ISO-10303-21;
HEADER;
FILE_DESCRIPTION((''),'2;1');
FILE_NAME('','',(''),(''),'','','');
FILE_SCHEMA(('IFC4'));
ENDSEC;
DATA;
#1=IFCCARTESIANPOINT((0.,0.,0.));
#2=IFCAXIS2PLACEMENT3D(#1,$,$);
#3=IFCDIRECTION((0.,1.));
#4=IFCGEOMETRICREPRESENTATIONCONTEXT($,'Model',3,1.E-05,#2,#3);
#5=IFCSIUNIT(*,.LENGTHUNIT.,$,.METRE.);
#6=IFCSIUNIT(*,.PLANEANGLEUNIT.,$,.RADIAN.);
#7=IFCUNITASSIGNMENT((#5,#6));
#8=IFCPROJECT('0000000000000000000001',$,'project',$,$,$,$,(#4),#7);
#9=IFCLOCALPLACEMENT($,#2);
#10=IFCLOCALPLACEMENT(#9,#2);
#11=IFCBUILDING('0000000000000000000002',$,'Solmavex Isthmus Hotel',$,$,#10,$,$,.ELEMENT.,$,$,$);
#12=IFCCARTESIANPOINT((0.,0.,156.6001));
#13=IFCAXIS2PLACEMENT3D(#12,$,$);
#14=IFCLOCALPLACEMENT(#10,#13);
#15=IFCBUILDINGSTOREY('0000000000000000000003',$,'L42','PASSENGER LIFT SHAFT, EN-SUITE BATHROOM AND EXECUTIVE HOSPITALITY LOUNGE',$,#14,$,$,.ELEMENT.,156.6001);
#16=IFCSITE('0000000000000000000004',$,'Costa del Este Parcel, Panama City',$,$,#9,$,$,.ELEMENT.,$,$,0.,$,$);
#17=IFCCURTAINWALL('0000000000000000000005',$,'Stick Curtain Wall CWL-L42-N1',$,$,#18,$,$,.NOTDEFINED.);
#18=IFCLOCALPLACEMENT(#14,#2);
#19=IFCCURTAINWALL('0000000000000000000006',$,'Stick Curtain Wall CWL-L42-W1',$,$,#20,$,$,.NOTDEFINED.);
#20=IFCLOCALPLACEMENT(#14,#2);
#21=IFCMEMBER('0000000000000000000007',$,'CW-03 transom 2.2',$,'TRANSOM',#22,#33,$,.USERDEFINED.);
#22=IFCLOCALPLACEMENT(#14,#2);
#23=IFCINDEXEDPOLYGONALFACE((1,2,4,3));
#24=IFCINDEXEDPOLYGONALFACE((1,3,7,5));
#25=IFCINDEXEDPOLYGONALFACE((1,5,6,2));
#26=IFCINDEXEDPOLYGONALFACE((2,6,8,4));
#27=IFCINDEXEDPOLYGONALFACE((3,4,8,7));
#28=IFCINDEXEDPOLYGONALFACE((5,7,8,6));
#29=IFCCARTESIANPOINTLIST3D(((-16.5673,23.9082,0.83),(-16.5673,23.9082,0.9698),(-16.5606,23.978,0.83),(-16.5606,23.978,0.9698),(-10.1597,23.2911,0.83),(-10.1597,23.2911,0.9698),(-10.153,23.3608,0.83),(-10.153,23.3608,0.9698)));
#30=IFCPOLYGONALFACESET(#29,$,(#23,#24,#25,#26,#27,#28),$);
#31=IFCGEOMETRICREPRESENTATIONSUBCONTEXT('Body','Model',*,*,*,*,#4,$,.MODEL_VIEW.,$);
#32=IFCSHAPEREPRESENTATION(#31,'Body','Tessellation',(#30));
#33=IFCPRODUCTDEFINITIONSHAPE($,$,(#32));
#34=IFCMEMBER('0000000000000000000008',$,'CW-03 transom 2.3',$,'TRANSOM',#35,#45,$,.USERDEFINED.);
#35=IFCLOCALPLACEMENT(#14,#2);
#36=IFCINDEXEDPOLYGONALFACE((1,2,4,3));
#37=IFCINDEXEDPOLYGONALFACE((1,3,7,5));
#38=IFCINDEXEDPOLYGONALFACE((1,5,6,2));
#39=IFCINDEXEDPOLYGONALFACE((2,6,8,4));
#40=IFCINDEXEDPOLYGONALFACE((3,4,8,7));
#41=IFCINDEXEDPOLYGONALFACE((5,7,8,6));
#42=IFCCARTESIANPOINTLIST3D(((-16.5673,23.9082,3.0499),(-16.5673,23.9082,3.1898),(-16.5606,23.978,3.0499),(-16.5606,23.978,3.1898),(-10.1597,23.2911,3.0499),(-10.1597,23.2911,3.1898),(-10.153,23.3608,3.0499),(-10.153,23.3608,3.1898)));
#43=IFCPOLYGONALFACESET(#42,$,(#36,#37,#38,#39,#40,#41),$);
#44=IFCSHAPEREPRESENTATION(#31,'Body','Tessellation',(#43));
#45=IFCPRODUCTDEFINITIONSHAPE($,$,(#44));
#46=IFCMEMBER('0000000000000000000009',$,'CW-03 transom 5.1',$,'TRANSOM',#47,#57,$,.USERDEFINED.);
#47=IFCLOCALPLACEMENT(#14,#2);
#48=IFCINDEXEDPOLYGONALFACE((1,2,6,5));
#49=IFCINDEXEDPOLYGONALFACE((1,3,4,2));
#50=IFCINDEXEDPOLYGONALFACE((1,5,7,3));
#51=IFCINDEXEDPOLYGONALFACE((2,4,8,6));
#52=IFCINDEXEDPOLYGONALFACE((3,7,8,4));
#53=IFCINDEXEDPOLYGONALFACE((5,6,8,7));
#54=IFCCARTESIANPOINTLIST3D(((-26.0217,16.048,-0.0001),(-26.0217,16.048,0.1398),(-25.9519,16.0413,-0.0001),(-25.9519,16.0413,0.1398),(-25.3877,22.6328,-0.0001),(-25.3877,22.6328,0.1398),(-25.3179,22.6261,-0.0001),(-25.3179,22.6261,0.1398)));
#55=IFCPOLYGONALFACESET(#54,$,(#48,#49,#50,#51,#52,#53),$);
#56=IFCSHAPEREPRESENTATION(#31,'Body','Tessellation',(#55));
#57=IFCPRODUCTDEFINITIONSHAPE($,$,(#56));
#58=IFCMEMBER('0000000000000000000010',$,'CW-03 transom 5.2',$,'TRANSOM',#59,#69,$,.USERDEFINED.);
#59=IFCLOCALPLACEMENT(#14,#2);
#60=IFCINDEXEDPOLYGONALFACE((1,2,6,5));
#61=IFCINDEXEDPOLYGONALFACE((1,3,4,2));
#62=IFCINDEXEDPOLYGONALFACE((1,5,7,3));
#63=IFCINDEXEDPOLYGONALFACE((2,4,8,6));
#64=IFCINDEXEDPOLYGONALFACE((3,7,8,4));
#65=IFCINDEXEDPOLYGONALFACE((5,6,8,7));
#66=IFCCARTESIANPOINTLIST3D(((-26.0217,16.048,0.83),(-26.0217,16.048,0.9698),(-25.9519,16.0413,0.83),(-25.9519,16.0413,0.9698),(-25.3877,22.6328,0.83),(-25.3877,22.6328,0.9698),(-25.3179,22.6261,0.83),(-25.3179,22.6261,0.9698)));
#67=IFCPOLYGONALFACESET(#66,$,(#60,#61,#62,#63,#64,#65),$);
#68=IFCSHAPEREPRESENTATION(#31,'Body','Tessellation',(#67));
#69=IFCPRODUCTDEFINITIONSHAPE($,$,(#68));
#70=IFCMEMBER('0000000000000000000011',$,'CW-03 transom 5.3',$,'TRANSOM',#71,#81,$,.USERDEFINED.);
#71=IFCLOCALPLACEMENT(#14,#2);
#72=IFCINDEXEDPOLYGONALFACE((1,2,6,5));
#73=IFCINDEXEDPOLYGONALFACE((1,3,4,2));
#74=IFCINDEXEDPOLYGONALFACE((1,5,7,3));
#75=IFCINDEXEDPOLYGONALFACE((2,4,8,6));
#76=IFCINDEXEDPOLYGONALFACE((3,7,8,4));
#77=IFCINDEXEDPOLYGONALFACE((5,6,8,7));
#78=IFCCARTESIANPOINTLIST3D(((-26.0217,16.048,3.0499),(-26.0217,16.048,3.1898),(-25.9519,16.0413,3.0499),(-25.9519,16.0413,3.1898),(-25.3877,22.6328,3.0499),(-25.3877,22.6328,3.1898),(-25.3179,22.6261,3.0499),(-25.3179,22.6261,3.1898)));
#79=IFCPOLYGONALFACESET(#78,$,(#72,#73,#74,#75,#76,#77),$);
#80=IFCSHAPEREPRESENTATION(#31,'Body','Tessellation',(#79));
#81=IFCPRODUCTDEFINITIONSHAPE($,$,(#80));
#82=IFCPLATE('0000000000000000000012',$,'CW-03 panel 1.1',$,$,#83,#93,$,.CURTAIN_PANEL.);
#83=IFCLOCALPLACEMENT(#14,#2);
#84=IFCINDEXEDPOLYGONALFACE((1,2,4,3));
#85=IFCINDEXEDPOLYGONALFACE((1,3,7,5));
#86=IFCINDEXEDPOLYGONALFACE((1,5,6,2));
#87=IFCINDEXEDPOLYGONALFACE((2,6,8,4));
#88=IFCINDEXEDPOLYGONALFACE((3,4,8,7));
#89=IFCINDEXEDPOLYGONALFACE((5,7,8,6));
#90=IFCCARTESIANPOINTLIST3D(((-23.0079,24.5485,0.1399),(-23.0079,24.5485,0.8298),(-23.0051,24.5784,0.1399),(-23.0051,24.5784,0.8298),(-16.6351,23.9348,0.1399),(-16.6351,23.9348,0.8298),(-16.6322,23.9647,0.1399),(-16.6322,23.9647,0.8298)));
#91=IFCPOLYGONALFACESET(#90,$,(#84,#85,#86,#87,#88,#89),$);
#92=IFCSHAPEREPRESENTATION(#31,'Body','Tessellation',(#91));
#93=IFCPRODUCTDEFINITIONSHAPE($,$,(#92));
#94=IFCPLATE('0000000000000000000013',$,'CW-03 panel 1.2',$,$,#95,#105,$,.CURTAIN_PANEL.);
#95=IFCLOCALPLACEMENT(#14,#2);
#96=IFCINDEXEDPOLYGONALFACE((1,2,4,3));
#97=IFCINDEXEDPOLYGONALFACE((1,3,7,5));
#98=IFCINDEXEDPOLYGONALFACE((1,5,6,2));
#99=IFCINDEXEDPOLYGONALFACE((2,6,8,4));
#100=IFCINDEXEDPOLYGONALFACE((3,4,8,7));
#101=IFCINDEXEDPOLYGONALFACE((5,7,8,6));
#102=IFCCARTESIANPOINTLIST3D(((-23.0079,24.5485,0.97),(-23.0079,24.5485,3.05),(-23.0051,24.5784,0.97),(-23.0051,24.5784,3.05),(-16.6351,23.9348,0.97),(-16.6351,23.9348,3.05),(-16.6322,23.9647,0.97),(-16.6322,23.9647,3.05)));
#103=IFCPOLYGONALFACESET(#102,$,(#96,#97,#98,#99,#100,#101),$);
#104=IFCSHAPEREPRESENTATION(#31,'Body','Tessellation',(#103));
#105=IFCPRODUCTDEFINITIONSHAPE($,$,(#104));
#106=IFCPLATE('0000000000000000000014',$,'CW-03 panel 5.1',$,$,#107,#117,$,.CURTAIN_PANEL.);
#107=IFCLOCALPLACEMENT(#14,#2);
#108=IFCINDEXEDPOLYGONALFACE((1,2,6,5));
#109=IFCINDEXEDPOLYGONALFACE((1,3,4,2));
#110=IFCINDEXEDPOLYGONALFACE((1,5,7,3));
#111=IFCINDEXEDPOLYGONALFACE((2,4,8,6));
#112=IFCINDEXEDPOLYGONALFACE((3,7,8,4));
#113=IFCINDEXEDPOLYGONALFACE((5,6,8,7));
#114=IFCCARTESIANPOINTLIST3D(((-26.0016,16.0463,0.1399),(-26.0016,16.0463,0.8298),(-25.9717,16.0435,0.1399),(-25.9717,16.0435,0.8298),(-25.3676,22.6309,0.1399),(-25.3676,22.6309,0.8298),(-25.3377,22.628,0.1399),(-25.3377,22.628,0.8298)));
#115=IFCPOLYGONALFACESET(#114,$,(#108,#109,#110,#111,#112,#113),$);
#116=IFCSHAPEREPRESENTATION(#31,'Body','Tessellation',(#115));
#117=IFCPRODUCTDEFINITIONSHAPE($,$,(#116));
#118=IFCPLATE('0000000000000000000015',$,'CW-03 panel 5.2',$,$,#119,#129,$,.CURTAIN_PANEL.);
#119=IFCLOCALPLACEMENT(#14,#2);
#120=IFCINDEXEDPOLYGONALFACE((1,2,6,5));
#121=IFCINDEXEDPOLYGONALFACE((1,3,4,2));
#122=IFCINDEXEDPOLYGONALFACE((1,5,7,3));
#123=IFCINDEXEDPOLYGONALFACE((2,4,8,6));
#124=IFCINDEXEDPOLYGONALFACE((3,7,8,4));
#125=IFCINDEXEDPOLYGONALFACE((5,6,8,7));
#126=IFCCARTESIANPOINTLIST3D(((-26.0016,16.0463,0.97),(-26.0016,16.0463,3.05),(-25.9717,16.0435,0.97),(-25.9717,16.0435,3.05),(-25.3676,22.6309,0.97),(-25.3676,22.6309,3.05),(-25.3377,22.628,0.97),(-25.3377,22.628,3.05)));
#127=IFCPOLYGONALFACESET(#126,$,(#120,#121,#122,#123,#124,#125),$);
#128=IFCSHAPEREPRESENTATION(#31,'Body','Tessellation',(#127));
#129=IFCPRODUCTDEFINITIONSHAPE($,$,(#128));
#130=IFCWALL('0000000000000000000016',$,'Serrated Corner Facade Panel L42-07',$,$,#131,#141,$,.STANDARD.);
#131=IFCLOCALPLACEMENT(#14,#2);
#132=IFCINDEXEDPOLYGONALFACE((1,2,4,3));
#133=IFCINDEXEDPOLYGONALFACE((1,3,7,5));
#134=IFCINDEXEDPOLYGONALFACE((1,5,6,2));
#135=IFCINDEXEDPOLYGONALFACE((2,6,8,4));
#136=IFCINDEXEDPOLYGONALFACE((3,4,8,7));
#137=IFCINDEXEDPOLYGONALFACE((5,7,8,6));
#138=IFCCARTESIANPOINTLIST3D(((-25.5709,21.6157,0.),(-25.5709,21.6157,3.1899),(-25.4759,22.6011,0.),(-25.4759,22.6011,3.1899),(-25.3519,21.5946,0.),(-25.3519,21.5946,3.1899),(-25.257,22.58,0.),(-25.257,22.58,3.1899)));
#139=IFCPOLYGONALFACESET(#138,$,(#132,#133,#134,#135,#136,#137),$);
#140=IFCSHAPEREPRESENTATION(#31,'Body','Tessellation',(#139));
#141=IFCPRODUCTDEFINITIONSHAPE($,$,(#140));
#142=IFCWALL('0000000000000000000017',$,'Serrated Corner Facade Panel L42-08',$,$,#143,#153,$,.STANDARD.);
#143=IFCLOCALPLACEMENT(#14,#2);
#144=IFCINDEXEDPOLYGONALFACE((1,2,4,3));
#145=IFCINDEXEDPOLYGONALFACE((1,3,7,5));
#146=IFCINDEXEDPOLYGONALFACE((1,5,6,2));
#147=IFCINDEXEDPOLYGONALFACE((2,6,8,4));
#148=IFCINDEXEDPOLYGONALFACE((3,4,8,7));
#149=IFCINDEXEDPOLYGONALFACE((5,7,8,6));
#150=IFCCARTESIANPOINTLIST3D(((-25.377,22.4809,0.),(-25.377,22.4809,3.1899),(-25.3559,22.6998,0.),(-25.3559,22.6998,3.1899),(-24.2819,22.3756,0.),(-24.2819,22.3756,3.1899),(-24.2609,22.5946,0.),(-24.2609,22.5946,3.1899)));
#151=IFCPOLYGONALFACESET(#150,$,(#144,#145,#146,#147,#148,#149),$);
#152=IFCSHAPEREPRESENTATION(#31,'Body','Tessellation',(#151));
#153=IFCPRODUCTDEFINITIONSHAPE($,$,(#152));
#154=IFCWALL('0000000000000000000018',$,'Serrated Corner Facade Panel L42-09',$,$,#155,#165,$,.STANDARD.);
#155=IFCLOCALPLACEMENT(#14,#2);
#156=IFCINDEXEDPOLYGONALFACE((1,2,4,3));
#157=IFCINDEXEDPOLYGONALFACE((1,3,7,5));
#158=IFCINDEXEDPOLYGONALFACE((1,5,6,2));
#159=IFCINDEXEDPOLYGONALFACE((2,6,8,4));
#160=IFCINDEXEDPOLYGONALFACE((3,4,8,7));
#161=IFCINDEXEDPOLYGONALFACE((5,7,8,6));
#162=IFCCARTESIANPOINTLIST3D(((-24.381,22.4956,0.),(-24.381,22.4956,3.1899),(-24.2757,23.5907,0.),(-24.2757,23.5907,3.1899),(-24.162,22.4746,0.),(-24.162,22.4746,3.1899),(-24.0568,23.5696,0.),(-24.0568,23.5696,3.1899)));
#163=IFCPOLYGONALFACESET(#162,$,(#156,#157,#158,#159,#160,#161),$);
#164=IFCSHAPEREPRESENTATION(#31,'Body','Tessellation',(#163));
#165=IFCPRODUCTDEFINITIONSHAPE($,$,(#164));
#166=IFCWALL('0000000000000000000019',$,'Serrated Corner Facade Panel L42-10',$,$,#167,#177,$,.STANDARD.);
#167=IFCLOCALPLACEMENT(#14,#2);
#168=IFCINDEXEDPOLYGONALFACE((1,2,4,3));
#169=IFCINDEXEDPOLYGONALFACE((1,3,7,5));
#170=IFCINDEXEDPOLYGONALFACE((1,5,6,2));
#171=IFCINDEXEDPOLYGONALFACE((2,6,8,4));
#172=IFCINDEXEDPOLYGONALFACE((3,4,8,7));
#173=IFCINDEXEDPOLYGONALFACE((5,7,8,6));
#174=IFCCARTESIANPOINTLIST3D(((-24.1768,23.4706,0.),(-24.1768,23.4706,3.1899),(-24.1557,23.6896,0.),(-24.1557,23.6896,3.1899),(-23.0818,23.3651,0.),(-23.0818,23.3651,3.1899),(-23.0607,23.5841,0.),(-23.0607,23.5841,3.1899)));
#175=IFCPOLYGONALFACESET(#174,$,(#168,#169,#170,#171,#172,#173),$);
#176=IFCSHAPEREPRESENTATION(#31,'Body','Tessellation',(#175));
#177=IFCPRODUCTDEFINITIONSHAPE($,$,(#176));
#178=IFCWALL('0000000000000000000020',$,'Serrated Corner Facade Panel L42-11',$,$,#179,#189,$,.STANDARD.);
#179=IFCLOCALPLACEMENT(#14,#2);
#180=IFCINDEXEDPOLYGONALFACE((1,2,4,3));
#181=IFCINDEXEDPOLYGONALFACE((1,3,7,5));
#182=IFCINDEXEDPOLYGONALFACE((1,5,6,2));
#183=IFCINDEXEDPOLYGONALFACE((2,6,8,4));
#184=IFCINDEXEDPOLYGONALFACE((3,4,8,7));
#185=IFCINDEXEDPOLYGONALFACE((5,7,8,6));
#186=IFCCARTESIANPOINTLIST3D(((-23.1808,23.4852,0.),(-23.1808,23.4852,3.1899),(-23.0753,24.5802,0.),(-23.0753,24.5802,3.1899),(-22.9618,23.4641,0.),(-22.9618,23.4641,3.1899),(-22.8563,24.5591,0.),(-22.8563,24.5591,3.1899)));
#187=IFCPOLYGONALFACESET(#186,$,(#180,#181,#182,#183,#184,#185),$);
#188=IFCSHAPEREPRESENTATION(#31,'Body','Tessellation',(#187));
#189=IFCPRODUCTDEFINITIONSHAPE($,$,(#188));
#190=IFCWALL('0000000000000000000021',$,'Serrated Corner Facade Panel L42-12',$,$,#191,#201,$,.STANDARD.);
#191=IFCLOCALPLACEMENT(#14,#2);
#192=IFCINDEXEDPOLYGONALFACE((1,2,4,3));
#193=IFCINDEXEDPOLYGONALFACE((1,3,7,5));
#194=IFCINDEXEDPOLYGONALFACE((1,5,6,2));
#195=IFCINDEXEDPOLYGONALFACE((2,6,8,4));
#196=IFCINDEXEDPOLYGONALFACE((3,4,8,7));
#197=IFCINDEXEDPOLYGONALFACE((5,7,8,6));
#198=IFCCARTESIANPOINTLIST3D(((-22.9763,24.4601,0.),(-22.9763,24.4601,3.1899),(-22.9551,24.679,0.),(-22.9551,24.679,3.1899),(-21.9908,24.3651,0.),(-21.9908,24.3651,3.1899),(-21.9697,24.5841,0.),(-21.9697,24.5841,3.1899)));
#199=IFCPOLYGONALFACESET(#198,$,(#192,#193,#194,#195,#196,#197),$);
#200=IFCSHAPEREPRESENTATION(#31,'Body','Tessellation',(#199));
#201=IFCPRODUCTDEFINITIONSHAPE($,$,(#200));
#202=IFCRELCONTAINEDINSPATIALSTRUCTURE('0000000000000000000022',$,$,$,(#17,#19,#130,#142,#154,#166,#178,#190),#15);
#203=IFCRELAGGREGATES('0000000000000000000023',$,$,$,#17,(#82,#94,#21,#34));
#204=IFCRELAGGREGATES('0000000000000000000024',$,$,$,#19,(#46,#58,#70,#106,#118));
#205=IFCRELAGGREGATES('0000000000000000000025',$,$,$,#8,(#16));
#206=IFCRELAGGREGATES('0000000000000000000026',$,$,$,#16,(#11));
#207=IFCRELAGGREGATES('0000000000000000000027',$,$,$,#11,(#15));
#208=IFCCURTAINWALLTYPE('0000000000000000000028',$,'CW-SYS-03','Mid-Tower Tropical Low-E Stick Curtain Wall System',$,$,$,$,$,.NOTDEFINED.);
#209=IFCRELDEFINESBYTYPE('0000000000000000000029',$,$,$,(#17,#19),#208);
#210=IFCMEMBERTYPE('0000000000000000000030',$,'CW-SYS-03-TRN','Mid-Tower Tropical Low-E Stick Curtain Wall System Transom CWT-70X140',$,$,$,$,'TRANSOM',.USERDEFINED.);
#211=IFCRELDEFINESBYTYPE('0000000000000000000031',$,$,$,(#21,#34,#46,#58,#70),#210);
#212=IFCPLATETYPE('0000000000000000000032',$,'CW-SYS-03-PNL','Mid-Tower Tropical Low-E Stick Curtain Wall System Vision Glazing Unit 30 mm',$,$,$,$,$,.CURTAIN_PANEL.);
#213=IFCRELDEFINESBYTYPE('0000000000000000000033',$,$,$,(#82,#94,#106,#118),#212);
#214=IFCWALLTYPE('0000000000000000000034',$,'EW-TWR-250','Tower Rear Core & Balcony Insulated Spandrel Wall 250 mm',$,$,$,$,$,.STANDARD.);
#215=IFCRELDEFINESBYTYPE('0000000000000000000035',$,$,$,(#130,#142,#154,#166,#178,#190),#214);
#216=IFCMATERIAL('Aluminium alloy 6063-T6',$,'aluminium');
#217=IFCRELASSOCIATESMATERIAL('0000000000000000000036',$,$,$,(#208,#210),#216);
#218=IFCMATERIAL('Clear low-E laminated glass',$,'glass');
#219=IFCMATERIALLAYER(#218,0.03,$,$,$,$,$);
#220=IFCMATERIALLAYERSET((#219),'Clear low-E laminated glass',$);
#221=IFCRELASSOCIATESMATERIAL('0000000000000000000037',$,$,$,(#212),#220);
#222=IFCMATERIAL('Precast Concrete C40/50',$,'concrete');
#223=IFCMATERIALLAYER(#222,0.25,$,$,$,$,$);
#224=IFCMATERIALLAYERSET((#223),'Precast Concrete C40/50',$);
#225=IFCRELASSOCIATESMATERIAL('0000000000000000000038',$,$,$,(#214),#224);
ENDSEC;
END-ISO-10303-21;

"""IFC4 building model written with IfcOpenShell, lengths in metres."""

from ifc_helpers import new_model, si_unit, direction, frame, frame_2d, origin, origin_2d, place, context, subcontext, project, spatial, rectangle, extrude, material, layer, layer_set, material_profile, profile_set, type_object, element, aggregate, save


model = new_model("IFC4")

# Units and contexts
model_context = context("Model", 3, precision=1e-05, world=origin(), true_north=direction((0.0, 1.0)))
body_context = subcontext(model_context, "Body", "Model", "MODEL_VIEW")
ifc_project = project(units=[si_unit("LENGTHUNIT", "METRE"), si_unit("PLANEANGLEUNIT", "RADIAN")], contexts=[model_context])

# Site, building, storey
site_placement = place(None, origin())
site = spatial("IfcSite", under=ifc_project, at=site_placement, Name="Costa del Este Parcel, Panama City", CompositionType="ELEMENT", RefElevation=0.0)
building_placement = place(site_placement, origin())
building = spatial("IfcBuilding", under=site, at=building_placement, Name="Solmavex Isthmus Hotel", CompositionType="ELEMENT")
storey_placement = place(building_placement, frame((0.0, 0.0, 156.6001)))
storey = spatial("IfcBuildingStorey", under=building, at=storey_placement, Name="L42", Description="PASSENGER LIFT SHAFT, EN-SUITE BATHROOM AND EXECUTIVE HOSPITALITY LOUNGE", CompositionType="ELEMENT", Elevation=156.6001)

# Curtain wall
ifc_material_1 = material(Name="Aluminium alloy 6063-T6", Category="aluminium")
curtain_wall_type = type_object("IfcCurtainWallType", Name="CW-SYS-03", Description="Mid-Tower Tropical Low-E Stick Curtain Wall System", PredefinedType="NOTDEFINED", material=ifc_material_1)
curtain_wall_1_placement = place(storey_placement, origin())
curtain_wall_1 = element("IfcCurtainWall", 1, at=curtain_wall_1_placement, inside=storey, type_object=curtain_wall_type, Name="Stick Curtain Wall CWL-L42-N1", PredefinedType="NOTDEFINED")

# Curtain wall
curtain_wall_2_placement = place(storey_placement, origin())
curtain_wall_2 = element("IfcCurtainWall", 2, at=curtain_wall_2_placement, inside=storey, type_object=curtain_wall_type, Name="Stick Curtain Wall CWL-L42-W1", PredefinedType="NOTDEFINED")

# Members
ifc_material_profile_1 = material_profile(ifc_material_1, rectangle(XDim=0.0701, YDim=0.1399, at=origin_2d()), Name="CWT-70X140")
ifc_profile_set_1 = profile_set([ifc_material_profile_1], Name="Aluminium alloy 6063-T6")
member_type_1 = type_object("IfcMemberType", Name="CW-SYS-03-TRN", Description="Mid-Tower Tropical Low-E Stick Curtain Wall System Transom CWT-70X140", ElementType="TRANSOM", PredefinedType="USERDEFINED", material=ifc_profile_set_1)
member_1_placement = place(storey_placement, frame((-16.564, 23.9431, 0.8999), z_axis=(0.995393, -0.095876, 0.0), x_axis=(0.095876, 0.995393, 0.0)))
member_1 = element("IfcMember", 3, at=member_1_placement, type_object=member_type_1, Name="CW-03 transom 2.2", ObjectType="TRANSOM", PredefinedType="USERDEFINED", context=body_context, shape_type="SweptSolid", body=[
    extrude(rectangle(XDim=0.0701, YDim=0.1399, at=origin_2d()), origin(), (0.0, 0.0, 1.0), 6.4373),
])
member_2_placement = place(storey_placement, frame((-16.564, 23.9431, 3.1199), z_axis=(0.995393, -0.095876, 0.0), x_axis=(0.095876, 0.995393, 0.0)))
member_2 = element("IfcMember", 4, at=member_2_placement, type_object=member_type_1, Name="CW-03 transom 2.3", ObjectType="TRANSOM", PredefinedType="USERDEFINED", context=body_context, shape_type="SweptSolid", body=[
    extrude(rectangle(XDim=0.0701, YDim=0.1399, at=origin_2d()), origin(), (0.0, 0.0, 1.0), 6.4373),
])
member_3_placement = place(storey_placement, frame((-25.9868, 16.0447, 0.0698), z_axis=(0.095845, 0.995396, 0.0), x_axis=(-0.995396, 0.095845, 0.0)))
member_3 = element("IfcMember", 5, at=member_3_placement, type_object=member_type_1, Name="CW-03 transom 5.1", ObjectType="TRANSOM", PredefinedType="USERDEFINED", context=body_context, shape_type="SweptSolid", body=[
    extrude(rectangle(XDim=0.0701, YDim=0.1399, at=origin_2d()), origin(), (0.0, 0.0, 1.0), 6.6152),
])
member_4_placement = place(storey_placement, frame((-25.9868, 16.0447, 0.8999), z_axis=(0.095845, 0.995396, 0.0), x_axis=(-0.995396, 0.095845, 0.0)))
member_4 = element("IfcMember", 6, at=member_4_placement, type_object=member_type_1, Name="CW-03 transom 5.2", ObjectType="TRANSOM", PredefinedType="USERDEFINED", context=body_context, shape_type="SweptSolid", body=[
    extrude(rectangle(XDim=0.0701, YDim=0.1399, at=origin_2d()), origin(), (0.0, 0.0, 1.0), 6.6152),
])
member_5_placement = place(storey_placement, frame((-25.9868, 16.0447, 3.1199), z_axis=(0.095845, 0.995396, 0.0), x_axis=(-0.995396, 0.095845, 0.0)))
member_5 = element("IfcMember", 7, at=member_5_placement, type_object=member_type_1, Name="CW-03 transom 5.3", ObjectType="TRANSOM", PredefinedType="USERDEFINED", context=body_context, shape_type="SweptSolid", body=[
    extrude(rectangle(XDim=0.0701, YDim=0.1399, at=origin_2d()), origin(), (0.0, 0.0, 1.0), 6.6152),
])

# Plates
ifc_material_2 = material(Name="Clear low-E laminated glass", Category="glass")
ifc_layer_1 = layer(ifc_material_2, 0.03)
ifc_layer_set_1 = layer_set([ifc_layer_1], Name="Clear low-E laminated glass")
plate_type = type_object("IfcPlateType", Name="CW-SYS-03-PNL", Description="Mid-Tower Tropical Low-E Stick Curtain Wall System Vision Glazing Unit 30 mm", PredefinedType="CURTAIN_PANEL", material=ifc_layer_set_1)
plate_1_placement = place(storey_placement, frame((-19.8201, 24.2566, 0.1399), z_axis=(0.0, 0.0, 1.0), x_axis=(0.995396, -0.095846, 0.0)))
plate_1 = element("IfcPlate", 8, at=plate_1_placement, type_object=plate_type, Name="CW-03 panel 1.1", PredefinedType="CURTAIN_PANEL", context=body_context, shape_type="SweptSolid", body=[
    extrude(rectangle(XDim=6.4023, YDim=0.03, at=origin_2d()), origin(), (0.0, 0.0, 1.0), 0.6899),
])
plate_2_placement = place(storey_placement, frame((-19.8201, 24.2566, 0.97), z_axis=(0.0, 0.0, 1.0), x_axis=(0.995396, -0.095846, 0.0)))
plate_2 = element("IfcPlate", 9, at=plate_2_placement, type_object=plate_type, Name="CW-03 panel 1.2", PredefinedType="CURTAIN_PANEL", context=body_context, shape_type="SweptSolid", body=[
    extrude(rectangle(XDim=6.4023, YDim=0.03, at=origin_2d()), origin(), (0.0, 0.0, 1.0), 2.0801),
])
aggregate(curtain_wall_1, [plate_1, plate_2, member_1, member_2])
plate_3_placement = place(storey_placement, frame((-25.6697, 19.3372, 0.1399), z_axis=(0.0, 0.0, 1.0), x_axis=(0.095846, 0.995396, 0.0)))
plate_3 = element("IfcPlate", 10, at=plate_3_placement, type_object=plate_type, Name="CW-03 panel 5.1", PredefinedType="CURTAIN_PANEL", context=body_context, shape_type="SweptSolid", body=[
    extrude(rectangle(XDim=6.615, YDim=0.03, at=origin_2d()), origin(), (0.0, 0.0, 1.0), 0.6899),
])
plate_4_placement = place(storey_placement, frame((-25.6697, 19.3372, 0.97), z_axis=(0.0, 0.0, 1.0), x_axis=(0.095846, 0.995396, 0.0)))
plate_4 = element("IfcPlate", 11, at=plate_4_placement, type_object=plate_type, Name="CW-03 panel 5.2", PredefinedType="CURTAIN_PANEL", context=body_context, shape_type="SweptSolid", body=[
    extrude(rectangle(XDim=6.615, YDim=0.03, at=origin_2d()), origin(), (0.0, 0.0, 1.0), 2.0801),
])
aggregate(curtain_wall_2, [member_3, member_4, member_5, plate_3, plate_4])

# Walls
ifc_material_3 = material(Name="Precast Concrete C40/50", Category="concrete")
ifc_layer_2 = layer(ifc_material_3, 0.25)
ifc_layer_set_2 = layer_set([ifc_layer_2], Name="Precast Concrete C40/50")
wall_type = type_object("IfcWallType", Name="EW-TWR-250", Description="Tower Rear Core & Balcony Insulated Spandrel Wall 250 mm", PredefinedType="STANDARD", material=ifc_layer_set_2)
wall_1_placement = place(storey_placement, frame((-25.4614, 21.605, 0.0), z_axis=(0.0, 0.0, 1.0), x_axis=(0.095938, 0.995387, 0.0)))
element("IfcWall", 12, at=wall_1_placement, inside=storey, type_object=wall_type, Name="Serrated Corner Facade Panel L42-07", PredefinedType="STANDARD", context=body_context, shape_type="SweptSolid", body=[
    extrude(rectangle(XDim=0.99, YDim=0.22, at=frame_2d((0.4951, 0.0))), origin(), (0.0, 0.0, 1.0), 3.1899),
])
for number, where, z_axis, x_axis, name in (
    (13, (-25.3665, 22.5903, 0.0), (0.0, 0.0, 1.0), (0.995414, -0.095657, 0.0), "Serrated Corner Facade Panel L42-08"),
    (14, (-24.2715, 22.4851, 0.0), (0.0, 0.0, 1.0), (0.095657, 0.995414, 0.0), "Serrated Corner Facade Panel L42-09"),
    (15, (-24.1663, 23.5801, 0.0), (0.0, 0.0, 1.0), (0.995393, -0.095877, 0.0), "Serrated Corner Facade Panel L42-10"),
    (16, (-23.0713, 23.4746, 0.0), (0.0, 0.0, 1.0), (0.095877, 0.995393, 0.0), "Serrated Corner Facade Panel L42-11"),
):
    element("IfcWall", number, at=place(storey_placement, frame(where, z_axis=z_axis, x_axis=x_axis)), inside=storey, type_object=wall_type, Name=name, PredefinedType="STANDARD", context=body_context, shape_type="SweptSolid", body=[
        extrude(rectangle(XDim=1.1001, YDim=0.22, at=frame_2d((0.55, 0.0))), origin(), (0.0, 0.0, 1.0), 3.1899),
    ])
wall_2_placement = place(storey_placement, frame((-22.9658, 24.5696, 0.0), z_axis=(0.0, 0.0, 1.0), x_axis=(0.995387, -0.095938, 0.0)))
element("IfcWall", 17, at=wall_2_placement, inside=storey, type_object=wall_type, Name="Serrated Corner Facade Panel L42-12", PredefinedType="STANDARD", context=body_context, shape_type="SweptSolid", body=[
    extrude(rectangle(XDim=0.99, YDim=0.22, at=frame_2d((0.4951, 0.0))), origin(), (0.0, 0.0, 1.0), 3.1899),
])

save(model, "model.ifc")
